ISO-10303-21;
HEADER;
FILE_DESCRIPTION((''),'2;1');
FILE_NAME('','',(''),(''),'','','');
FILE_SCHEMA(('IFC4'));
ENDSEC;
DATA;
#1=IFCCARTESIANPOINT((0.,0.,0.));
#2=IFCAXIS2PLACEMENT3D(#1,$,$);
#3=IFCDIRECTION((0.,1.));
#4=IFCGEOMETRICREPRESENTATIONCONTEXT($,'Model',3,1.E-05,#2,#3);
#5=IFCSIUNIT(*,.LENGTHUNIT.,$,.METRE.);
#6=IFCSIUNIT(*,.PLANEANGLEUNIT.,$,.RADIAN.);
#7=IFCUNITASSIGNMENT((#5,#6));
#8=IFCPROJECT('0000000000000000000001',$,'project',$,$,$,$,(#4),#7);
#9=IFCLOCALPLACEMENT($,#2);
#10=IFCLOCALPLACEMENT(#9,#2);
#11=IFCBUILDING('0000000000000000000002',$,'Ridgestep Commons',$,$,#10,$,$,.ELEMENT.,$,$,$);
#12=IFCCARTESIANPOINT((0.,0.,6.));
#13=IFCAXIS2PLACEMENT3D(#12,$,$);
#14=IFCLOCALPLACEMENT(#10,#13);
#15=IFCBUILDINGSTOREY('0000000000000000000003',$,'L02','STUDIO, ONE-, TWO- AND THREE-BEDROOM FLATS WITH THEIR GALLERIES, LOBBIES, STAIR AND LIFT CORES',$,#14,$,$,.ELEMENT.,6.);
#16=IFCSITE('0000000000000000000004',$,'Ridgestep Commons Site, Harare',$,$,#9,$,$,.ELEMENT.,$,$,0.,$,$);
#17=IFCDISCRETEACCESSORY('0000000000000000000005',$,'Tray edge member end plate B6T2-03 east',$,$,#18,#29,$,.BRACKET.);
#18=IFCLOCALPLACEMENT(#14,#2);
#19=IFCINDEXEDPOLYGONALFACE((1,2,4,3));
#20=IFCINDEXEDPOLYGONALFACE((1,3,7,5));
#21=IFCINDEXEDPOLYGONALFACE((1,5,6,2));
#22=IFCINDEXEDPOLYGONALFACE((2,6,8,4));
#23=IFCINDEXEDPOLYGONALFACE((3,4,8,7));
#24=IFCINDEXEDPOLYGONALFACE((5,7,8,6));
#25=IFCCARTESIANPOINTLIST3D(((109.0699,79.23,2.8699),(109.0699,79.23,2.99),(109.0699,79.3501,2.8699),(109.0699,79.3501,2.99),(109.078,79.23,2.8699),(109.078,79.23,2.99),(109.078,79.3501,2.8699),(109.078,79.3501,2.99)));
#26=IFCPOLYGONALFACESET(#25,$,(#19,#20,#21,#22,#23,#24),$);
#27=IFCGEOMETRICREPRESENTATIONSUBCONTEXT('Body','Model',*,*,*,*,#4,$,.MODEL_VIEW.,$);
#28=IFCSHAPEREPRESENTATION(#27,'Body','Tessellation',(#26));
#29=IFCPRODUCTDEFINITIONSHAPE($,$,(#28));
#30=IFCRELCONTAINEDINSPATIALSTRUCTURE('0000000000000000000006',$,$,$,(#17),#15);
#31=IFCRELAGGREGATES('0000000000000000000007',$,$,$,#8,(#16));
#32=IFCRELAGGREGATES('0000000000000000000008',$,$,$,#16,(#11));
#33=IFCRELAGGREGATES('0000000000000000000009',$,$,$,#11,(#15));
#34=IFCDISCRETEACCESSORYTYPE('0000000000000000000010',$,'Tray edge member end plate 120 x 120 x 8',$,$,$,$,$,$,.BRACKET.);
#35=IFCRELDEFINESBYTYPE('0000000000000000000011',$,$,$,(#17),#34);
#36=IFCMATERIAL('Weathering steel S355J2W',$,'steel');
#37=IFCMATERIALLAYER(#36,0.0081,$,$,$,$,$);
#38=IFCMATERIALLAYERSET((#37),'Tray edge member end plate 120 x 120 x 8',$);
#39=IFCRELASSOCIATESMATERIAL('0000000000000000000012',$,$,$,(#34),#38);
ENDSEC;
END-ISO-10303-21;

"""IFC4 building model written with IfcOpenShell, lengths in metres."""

from ifc_helpers import new_model, si_unit, direction, frame, origin, origin_2d, place, context, subcontext, project, spatial, rectangle, extrude, material, layer, layer_set, type_object, element, save


model = new_model("IFC4")

# Units and contexts
model_context = context("Model", 3, precision=1e-05, world=origin(), true_north=direction((0.0, 1.0)))
body_context = subcontext(model_context, "Body", "Model", "MODEL_VIEW")
ifc_project = project(units=[si_unit("LENGTHUNIT", "METRE"), si_unit("PLANEANGLEUNIT", "RADIAN")], contexts=[model_context])

# Site, building, storey
site_placement = place(None, origin())
site = spatial("IfcSite", under=ifc_project, at=site_placement, Name="Ridgestep Commons Site, Harare", CompositionType="ELEMENT", RefElevation=0.0)
building_placement = place(site_placement, origin())
building = spatial("IfcBuilding", under=site, at=building_placement, Name="Ridgestep Commons", CompositionType="ELEMENT")
storey_placement = place(building_placement, frame((0.0, 0.0, 6.0)))
storey = spatial("IfcBuildingStorey", under=building, at=storey_placement, Name="L02", Description="STUDIO, ONE-, TWO- AND THREE-BEDROOM FLATS WITH THEIR GALLERIES, LOBBIES, STAIR AND LIFT CORES", CompositionType="ELEMENT", Elevation=6.0)

# Discrete accessory
ifc_material_1 = material(Name="Weathering steel S355J2W", Category="steel")
ifc_layer_1 = layer(ifc_material_1, 0.0081)
ifc_layer_set_1 = layer_set([ifc_layer_1], Name="Tray edge member end plate 120 x 120 x 8")
discrete_accessory_type_1 = type_object("IfcDiscreteAccessoryType", Name="Tray edge member end plate 120 x 120 x 8", PredefinedType="BRACKET", material=ifc_layer_set_1)
discrete_accessory_placement = place(storey_placement, frame((109.074, 79.29, 2.8699), z_axis=(0.0, 0.0, 1.0), x_axis=(1.0, 0.0, 0.0)))
element("IfcDiscreteAccessory", 1, at=discrete_accessory_placement, inside=storey, type_object=discrete_accessory_type_1, Name="Tray edge member end plate B6T2-03 east", PredefinedType="BRACKET", context=body_context, shape_type="SweptSolid", body=[
    extrude(rectangle(XDim=0.0081, YDim=0.1201, at=origin_2d()), origin(), (0.0, 0.0, 1.0), 0.1201),
])

save(model, "model.ifc")
